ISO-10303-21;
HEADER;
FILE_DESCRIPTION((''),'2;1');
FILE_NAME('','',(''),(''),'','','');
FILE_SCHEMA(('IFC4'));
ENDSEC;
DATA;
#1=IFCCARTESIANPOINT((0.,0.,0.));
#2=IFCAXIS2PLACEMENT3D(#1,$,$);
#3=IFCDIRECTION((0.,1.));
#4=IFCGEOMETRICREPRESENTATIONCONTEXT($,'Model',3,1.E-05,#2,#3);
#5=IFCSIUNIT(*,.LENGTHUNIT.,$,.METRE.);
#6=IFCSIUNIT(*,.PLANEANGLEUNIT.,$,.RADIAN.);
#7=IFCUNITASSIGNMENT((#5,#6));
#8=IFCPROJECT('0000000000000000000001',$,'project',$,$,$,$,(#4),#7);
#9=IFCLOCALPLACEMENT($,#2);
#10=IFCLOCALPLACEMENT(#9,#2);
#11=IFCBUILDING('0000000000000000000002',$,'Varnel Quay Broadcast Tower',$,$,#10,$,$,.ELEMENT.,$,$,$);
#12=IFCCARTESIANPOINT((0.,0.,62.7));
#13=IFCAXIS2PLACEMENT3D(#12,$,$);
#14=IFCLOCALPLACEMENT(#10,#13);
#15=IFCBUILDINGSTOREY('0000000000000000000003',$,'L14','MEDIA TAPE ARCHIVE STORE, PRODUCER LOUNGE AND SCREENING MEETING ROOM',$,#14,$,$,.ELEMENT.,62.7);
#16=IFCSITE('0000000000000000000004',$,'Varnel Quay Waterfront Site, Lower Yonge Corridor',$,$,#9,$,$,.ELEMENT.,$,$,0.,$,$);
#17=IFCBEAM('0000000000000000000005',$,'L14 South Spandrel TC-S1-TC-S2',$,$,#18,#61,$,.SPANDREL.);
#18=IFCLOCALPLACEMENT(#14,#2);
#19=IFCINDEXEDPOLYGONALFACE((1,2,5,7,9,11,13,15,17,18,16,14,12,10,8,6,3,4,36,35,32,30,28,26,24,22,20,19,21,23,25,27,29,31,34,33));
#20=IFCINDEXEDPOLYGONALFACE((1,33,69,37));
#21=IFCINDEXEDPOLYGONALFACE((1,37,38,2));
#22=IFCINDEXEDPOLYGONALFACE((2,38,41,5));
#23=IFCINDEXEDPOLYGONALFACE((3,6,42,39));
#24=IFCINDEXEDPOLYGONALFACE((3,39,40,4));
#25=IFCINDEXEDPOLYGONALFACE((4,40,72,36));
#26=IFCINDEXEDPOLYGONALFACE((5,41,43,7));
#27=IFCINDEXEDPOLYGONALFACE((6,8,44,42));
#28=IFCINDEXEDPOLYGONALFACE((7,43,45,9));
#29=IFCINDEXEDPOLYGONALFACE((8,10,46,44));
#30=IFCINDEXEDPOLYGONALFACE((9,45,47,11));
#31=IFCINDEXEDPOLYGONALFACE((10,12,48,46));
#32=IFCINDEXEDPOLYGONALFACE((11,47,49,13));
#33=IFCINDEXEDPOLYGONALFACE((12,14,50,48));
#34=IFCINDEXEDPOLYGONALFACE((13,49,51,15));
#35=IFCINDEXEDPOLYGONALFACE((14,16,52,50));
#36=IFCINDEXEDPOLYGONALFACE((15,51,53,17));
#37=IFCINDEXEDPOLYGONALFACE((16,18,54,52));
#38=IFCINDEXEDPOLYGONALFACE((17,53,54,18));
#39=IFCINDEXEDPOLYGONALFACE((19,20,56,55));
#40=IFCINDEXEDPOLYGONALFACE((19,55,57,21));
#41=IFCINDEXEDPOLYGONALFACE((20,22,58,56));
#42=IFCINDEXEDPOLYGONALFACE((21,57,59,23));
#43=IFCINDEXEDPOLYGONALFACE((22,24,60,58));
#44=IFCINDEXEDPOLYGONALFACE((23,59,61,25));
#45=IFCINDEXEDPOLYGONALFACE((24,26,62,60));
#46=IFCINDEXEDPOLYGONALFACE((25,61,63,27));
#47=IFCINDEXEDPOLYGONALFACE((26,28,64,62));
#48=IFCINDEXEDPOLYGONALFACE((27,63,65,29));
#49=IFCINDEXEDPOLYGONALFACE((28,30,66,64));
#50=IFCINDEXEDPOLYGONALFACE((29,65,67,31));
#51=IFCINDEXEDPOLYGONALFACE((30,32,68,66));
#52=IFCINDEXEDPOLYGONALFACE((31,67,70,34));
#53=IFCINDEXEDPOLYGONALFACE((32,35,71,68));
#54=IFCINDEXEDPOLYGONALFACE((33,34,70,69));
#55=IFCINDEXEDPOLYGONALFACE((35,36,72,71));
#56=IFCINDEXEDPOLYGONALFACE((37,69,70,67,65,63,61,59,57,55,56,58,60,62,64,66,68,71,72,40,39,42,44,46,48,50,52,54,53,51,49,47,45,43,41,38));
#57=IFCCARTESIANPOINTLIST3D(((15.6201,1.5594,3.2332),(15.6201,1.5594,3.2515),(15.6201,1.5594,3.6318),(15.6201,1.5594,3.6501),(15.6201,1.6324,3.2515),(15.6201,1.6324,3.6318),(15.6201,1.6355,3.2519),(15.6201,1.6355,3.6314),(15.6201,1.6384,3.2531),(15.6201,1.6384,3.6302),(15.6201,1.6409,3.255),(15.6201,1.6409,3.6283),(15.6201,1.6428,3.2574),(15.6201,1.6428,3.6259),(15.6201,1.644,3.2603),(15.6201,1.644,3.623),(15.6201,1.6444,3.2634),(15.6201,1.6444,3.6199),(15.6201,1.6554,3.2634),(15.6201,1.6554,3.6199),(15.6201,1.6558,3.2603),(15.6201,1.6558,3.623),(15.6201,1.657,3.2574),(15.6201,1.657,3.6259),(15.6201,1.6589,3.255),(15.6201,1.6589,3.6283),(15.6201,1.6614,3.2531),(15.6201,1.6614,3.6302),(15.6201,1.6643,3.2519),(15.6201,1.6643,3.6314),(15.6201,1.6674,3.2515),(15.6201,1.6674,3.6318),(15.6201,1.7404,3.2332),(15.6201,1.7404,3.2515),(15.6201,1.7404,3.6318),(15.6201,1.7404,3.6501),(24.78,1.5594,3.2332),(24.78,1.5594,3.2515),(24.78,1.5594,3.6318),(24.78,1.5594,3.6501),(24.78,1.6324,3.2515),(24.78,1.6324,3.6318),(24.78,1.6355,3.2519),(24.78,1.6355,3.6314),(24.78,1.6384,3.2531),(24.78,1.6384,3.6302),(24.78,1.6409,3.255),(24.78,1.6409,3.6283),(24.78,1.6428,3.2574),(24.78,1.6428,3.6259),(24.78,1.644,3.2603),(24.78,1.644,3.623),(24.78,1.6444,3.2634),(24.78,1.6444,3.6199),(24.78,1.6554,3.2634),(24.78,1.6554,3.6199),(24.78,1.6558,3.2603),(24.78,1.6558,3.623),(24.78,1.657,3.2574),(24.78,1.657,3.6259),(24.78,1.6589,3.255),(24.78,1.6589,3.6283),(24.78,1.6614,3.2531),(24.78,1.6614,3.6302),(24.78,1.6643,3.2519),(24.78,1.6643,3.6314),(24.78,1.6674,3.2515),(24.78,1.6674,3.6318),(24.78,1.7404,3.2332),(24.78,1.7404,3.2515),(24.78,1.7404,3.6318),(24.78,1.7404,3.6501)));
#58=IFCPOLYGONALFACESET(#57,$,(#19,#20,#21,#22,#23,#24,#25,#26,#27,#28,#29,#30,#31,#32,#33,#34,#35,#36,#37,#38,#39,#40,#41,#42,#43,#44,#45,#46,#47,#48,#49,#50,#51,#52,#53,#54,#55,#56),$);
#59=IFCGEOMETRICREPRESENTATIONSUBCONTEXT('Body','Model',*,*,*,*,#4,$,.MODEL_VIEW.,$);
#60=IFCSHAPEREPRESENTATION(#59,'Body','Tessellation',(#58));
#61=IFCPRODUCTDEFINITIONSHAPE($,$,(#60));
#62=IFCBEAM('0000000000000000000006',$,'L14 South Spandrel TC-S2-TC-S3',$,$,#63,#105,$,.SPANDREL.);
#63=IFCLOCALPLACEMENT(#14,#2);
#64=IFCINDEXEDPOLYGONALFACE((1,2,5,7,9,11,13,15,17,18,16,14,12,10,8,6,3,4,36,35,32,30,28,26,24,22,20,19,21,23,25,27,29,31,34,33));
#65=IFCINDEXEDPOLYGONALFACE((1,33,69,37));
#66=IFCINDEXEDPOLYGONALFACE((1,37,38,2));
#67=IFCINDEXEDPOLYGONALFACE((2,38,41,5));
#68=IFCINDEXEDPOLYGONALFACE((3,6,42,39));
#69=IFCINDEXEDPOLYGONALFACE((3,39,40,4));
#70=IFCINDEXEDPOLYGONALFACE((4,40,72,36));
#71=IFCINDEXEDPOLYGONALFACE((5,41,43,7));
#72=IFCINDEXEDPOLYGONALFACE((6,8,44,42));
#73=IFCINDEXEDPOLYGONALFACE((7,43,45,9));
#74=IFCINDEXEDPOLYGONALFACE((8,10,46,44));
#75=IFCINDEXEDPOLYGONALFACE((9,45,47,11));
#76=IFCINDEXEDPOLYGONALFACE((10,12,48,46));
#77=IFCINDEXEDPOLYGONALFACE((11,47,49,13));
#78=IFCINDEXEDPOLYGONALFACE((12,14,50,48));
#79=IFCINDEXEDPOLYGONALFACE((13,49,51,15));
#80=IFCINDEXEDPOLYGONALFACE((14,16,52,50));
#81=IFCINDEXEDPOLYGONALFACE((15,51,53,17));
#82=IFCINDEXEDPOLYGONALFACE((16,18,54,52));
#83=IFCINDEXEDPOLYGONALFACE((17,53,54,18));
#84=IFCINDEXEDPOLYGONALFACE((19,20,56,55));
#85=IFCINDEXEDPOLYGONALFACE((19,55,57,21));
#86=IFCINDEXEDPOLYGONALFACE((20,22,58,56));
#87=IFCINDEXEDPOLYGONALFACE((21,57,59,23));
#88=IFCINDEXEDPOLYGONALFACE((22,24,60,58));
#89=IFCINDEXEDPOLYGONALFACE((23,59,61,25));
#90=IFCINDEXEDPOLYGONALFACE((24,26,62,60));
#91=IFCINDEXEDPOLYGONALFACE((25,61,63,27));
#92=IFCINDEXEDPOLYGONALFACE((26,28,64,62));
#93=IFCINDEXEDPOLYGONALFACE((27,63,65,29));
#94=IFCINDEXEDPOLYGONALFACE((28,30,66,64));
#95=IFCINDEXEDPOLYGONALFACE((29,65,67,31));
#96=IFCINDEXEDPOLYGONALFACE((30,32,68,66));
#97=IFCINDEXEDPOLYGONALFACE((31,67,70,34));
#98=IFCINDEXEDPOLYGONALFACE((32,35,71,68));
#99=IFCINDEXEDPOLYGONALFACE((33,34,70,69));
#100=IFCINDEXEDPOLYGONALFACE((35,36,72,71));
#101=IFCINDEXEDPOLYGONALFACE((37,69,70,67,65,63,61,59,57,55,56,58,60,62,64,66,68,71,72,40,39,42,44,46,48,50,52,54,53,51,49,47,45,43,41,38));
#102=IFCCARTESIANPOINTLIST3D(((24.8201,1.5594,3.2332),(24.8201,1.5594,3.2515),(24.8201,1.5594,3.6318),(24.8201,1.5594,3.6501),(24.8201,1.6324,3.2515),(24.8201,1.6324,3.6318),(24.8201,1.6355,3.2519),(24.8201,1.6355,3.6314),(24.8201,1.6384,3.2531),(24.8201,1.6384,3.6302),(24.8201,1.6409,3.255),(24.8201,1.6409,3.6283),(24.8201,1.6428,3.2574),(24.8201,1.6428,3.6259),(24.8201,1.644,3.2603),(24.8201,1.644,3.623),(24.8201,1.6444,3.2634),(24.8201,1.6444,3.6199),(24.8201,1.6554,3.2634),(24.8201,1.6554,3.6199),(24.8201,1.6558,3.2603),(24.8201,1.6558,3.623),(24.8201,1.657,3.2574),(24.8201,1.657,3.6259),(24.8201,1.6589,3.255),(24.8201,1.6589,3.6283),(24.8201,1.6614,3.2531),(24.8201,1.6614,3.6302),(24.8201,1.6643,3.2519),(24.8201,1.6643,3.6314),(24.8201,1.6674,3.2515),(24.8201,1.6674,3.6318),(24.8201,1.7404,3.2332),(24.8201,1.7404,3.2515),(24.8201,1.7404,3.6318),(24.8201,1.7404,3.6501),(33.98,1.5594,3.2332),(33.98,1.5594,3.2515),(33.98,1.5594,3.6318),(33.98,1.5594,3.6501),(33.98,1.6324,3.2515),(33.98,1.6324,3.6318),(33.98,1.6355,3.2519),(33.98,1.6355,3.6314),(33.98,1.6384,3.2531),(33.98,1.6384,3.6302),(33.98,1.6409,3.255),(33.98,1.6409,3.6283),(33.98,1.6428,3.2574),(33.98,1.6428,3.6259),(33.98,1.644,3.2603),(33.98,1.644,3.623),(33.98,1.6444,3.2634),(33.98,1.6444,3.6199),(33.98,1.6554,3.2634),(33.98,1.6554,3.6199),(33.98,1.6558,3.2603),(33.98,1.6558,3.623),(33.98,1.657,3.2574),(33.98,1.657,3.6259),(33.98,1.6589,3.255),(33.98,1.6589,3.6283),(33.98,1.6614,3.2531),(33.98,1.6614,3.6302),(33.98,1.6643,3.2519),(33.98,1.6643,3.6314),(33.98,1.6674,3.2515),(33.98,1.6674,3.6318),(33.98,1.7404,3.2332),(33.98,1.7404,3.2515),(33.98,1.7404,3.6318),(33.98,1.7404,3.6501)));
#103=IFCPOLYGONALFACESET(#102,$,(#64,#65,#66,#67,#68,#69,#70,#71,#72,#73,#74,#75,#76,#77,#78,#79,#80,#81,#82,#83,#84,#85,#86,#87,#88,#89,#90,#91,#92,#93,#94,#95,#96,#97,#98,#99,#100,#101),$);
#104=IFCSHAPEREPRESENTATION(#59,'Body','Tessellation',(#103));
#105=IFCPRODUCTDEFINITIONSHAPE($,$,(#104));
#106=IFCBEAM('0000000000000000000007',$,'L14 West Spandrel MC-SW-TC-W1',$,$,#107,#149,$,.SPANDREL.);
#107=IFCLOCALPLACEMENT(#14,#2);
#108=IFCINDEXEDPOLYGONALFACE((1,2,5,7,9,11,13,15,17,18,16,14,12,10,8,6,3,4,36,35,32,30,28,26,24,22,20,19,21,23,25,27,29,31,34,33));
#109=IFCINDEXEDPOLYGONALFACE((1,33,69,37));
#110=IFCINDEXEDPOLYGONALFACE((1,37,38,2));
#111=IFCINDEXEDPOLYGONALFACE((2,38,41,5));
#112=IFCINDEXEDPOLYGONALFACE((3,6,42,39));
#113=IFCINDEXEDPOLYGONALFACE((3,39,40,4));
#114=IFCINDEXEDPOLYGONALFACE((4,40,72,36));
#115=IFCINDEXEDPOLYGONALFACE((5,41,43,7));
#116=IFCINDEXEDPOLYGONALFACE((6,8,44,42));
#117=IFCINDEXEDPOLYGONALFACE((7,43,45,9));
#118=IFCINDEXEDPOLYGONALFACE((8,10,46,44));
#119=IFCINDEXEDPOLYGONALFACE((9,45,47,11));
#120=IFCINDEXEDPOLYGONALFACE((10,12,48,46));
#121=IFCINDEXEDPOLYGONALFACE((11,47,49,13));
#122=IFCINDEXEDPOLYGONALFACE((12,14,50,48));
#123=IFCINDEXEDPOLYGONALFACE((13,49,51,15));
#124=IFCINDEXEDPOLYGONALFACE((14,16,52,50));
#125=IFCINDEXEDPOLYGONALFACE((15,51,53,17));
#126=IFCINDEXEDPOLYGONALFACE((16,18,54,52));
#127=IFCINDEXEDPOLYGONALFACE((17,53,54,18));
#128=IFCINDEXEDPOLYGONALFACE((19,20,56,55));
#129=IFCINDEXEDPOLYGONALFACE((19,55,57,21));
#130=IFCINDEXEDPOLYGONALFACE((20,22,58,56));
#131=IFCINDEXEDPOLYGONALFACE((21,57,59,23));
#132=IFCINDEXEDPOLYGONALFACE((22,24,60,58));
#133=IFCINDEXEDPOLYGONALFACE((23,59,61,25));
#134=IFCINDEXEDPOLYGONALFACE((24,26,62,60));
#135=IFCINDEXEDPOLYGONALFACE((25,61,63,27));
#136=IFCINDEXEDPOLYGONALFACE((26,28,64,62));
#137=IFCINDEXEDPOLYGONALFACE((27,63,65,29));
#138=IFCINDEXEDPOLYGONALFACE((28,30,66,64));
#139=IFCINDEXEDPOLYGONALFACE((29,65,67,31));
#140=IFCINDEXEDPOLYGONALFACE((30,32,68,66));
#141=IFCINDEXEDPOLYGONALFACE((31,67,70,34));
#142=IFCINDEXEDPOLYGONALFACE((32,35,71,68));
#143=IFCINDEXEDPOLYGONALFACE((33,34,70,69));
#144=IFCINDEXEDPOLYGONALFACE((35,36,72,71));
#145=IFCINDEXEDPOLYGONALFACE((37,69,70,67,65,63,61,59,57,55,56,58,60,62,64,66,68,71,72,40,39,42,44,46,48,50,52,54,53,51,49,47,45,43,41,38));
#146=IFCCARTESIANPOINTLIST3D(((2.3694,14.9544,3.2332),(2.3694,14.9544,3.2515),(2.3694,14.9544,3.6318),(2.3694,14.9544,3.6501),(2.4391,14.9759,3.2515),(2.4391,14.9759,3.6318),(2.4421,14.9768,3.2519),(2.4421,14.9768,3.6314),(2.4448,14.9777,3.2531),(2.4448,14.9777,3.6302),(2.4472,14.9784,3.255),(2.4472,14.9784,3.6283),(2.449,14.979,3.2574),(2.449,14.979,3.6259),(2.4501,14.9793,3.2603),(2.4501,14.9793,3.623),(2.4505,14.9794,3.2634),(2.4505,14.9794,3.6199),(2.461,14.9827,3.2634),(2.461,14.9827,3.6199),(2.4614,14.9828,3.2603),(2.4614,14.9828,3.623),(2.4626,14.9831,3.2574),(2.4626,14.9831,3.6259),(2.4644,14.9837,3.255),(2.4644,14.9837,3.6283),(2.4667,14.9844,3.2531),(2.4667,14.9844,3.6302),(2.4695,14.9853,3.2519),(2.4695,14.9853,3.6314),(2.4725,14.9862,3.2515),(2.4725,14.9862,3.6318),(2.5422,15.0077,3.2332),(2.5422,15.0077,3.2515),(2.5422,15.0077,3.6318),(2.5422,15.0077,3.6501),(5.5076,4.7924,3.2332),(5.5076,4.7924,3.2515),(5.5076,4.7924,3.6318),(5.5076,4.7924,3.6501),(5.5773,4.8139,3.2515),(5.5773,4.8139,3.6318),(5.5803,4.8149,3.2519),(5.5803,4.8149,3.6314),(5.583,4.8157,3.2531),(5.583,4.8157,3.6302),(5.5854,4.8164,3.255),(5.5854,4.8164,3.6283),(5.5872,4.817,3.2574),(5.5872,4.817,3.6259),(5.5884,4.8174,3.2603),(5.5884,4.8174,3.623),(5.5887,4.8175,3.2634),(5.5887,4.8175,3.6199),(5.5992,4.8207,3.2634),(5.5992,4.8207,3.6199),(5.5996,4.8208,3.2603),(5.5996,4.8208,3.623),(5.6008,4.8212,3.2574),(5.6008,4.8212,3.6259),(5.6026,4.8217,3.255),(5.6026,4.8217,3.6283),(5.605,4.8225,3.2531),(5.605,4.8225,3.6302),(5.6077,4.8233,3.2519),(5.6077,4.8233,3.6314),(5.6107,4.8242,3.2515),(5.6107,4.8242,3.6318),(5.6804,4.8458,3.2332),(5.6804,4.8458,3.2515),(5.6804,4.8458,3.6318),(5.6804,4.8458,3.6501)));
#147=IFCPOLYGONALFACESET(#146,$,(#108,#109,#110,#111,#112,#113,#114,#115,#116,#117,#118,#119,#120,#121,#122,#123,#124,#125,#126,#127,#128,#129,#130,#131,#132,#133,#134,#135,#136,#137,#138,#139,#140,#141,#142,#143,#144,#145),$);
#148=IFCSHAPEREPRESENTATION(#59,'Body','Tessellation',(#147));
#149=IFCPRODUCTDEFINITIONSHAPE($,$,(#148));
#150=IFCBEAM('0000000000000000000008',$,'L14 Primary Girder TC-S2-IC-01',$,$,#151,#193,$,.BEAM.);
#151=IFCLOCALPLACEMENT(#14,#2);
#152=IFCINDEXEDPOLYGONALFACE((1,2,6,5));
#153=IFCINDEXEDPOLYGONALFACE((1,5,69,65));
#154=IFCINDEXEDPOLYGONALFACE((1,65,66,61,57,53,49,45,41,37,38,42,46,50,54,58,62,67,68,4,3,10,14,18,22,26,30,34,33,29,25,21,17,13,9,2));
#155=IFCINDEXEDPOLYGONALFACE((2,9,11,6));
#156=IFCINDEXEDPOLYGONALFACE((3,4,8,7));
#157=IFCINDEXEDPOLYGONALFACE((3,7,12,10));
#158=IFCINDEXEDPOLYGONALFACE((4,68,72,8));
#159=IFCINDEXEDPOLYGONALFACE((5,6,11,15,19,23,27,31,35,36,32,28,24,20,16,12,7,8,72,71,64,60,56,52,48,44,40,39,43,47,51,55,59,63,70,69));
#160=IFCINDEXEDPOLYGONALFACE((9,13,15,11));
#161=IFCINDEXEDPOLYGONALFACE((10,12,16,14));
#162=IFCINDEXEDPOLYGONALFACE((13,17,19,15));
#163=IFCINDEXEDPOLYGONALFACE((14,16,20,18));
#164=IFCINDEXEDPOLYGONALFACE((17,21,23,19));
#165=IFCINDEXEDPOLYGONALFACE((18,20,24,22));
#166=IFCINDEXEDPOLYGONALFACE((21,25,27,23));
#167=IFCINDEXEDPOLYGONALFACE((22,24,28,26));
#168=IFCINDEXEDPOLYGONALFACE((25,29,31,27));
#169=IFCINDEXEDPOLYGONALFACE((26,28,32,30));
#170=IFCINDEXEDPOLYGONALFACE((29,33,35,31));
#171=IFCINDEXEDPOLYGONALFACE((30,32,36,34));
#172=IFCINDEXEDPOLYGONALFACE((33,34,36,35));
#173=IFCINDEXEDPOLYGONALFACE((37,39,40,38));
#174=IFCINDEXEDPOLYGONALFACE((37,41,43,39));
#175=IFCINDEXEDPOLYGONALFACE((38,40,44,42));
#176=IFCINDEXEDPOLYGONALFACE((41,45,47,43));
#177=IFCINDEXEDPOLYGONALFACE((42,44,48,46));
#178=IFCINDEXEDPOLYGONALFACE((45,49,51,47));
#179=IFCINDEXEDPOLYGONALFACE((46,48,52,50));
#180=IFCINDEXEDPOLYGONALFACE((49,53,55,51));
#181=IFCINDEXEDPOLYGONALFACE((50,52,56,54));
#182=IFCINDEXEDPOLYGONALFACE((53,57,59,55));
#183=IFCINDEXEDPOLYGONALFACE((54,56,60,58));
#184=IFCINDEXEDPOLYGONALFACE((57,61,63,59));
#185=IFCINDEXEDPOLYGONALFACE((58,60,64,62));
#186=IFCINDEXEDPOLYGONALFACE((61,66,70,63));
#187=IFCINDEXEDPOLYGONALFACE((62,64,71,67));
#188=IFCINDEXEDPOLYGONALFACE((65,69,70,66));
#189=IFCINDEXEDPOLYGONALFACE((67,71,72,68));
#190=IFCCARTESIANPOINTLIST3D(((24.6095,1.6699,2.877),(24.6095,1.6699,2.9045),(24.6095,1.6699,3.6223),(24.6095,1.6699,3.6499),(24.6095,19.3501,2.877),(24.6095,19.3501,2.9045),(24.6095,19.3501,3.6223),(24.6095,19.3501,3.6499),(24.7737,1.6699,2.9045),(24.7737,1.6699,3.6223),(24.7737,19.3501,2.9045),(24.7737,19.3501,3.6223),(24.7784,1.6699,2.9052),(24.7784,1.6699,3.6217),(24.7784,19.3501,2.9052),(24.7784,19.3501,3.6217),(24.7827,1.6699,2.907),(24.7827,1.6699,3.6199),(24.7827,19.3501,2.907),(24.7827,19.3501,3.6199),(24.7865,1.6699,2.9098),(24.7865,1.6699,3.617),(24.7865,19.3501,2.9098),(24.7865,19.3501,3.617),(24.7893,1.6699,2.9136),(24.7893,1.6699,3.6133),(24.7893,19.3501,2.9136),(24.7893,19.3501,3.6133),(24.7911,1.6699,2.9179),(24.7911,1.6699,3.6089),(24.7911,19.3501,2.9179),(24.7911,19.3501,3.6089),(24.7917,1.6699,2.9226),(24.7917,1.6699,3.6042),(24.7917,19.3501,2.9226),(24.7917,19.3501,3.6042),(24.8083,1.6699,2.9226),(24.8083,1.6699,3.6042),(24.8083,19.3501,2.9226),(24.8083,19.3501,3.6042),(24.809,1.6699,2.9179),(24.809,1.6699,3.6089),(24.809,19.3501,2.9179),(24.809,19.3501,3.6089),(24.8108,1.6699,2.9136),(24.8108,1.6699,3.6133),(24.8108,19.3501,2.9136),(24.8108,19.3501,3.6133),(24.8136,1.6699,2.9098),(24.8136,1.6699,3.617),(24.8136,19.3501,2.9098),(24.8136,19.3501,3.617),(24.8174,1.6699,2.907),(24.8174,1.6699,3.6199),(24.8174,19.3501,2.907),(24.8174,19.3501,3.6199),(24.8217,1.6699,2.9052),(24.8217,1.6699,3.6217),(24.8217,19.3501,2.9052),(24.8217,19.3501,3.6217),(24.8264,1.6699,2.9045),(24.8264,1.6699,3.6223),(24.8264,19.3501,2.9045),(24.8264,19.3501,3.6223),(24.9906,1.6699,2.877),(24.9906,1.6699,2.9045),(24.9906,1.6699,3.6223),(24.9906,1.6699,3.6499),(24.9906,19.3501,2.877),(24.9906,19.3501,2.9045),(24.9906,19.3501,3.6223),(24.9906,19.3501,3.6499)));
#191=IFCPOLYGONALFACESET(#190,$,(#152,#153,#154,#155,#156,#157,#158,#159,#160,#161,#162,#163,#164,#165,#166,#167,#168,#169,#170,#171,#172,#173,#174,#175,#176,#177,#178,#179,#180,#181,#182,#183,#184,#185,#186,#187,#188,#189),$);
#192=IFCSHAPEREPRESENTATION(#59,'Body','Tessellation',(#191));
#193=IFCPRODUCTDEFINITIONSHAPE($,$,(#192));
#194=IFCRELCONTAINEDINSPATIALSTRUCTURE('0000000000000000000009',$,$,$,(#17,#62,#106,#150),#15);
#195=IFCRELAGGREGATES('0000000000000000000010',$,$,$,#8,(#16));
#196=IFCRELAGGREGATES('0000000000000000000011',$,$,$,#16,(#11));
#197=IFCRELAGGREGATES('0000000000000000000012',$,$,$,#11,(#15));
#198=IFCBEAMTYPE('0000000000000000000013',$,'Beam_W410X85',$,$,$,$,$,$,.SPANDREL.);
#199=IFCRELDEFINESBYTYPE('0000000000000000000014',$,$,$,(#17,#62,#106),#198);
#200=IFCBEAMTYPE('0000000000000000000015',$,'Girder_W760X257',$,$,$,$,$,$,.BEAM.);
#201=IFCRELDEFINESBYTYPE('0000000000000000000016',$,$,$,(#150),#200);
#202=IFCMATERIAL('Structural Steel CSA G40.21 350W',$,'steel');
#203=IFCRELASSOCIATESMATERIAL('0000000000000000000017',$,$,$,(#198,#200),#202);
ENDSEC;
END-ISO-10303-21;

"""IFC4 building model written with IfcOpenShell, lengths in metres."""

from ifc_helpers import new_model, si_unit, direction, frame, origin, origin_2d, place, context, subcontext, project, spatial, i_section, extrude, source, transform, mapped, material, material_profile, profile_set, type_object, type_shapes, element, save


model = new_model("IFC4")

# Units and contexts
model_context = context("Model", 3, precision=1e-05, world=origin(), true_north=direction((0.0, 1.0)))
body_context = subcontext(model_context, "Body", "Model", "MODEL_VIEW")
ifc_project = project(units=[si_unit("LENGTHUNIT", "METRE"), si_unit("PLANEANGLEUNIT", "RADIAN")], contexts=[model_context])

# Site, building, storey
site_placement = place(None, origin())
site = spatial("IfcSite", under=ifc_project, at=site_placement, Name="Varnel Quay Waterfront Site, Lower Yonge Corridor", CompositionType="ELEMENT", RefElevation=0.0)
building_placement = place(site_placement, origin())
building = spatial("IfcBuilding", under=site, at=building_placement, Name="Varnel Quay Broadcast Tower", CompositionType="ELEMENT")
storey_placement = place(building_placement, frame((0.0, 0.0, 62.7)))
storey = spatial("IfcBuildingStorey", under=building, at=storey_placement, Name="L14", Description="MEDIA TAPE ARCHIVE STORE, PRODUCER LOUNGE AND SCREENING MEETING ROOM", CompositionType="ELEMENT", Elevation=62.7)

# Shared definitions
ifc_material_1 = material(Name="Structural Steel CSA G40.21 350W", Category="steel")

# Beams
ifc_material_profile_1 = material_profile(ifc_material_1, i_section(OverallWidth=0.1809, OverallDepth=0.417, WebThickness=0.011, FlangeThickness=0.0183, FilletRadius=0.012, at=origin_2d()), Name="W410X85")
ifc_profile_set_1 = profile_set([ifc_material_profile_1], Name="Structural Steel CSA G40.21 350W")
beam_type_1 = type_object("IfcBeamType", Name="Beam_W410X85", PredefinedType="SPANDREL", material=ifc_profile_set_1)
shared_shape_1 = source(origin(), body_context, "Body", "SweptSolid", [
    extrude(i_section(OverallWidth=0.1809, OverallDepth=0.417, WebThickness=0.011, FlangeThickness=0.0183, FilletRadius=0.012, at=origin_2d()), origin(), (0.0, 0.0, 1.0), 9.1599),
])
for number, where, z_axis, x_axis, name in (
    (1, (15.6201, 1.6499, 3.4417), (1.0, 0.0, 0.0), (0.0, 1.0, 0.0), "L14 South Spandrel TC-S1-TC-S2"),
    (2, (24.8201, 1.6499, 3.4417), (1.0, 0.0, 0.0), (0.0, 1.0, 0.0), "L14 South Spandrel TC-S2-TC-S3"),
):
    element("IfcBeam", number, at=place(storey_placement, frame(where, z_axis=z_axis, x_axis=x_axis)), inside=storey, type_object=beam_type_1, Name=name, PredefinedType="SPANDREL", context=body_context, shape_type="MappedRepresentation", body=[
        mapped(shared_shape_1, transform((0.0, 0.0, 0.0), x_axis=(1.0, 0.0, 0.0), y_axis=(0.0, 1.0, 0.0), z_axis=(0.0, 0.0, 1.0), scale=1.0)),
    ])
shared_shape_2 = source(origin(), body_context, "Body", "SweptSolid", [
    extrude(i_section(OverallWidth=0.1809, OverallDepth=0.417, WebThickness=0.011, FlangeThickness=0.0183, FilletRadius=0.012, at=origin_2d()), origin(), (0.0, 0.0, 1.0), 10.6355),
])
beam_1_placement = place(storey_placement, frame((5.594, 4.8191, 3.4417), z_axis=(-0.29507, 0.955476, 0.0), x_axis=(-0.955476, -0.29507, 0.0)))
element("IfcBeam", 3, at=beam_1_placement, inside=storey, type_object=beam_type_1, Name="L14 West Spandrel MC-SW-TC-W1", PredefinedType="SPANDREL", context=body_context, shape_type="MappedRepresentation", body=[
    mapped(shared_shape_2, transform((0.0, 0.0, 0.0), x_axis=(1.0, 0.0, 0.0), y_axis=(0.0, 1.0, 0.0), z_axis=(0.0, 0.0, 1.0), scale=1.0)),
])
ifc_material_profile_2 = material_profile(ifc_material_1, i_section(OverallWidth=0.3811, OverallDepth=0.7729, WebThickness=0.0166, FlangeThickness=0.0276, FilletRadius=0.0181, at=origin_2d()), Name="W760X257")
ifc_profile_set_2 = profile_set([ifc_material_profile_2], Name="Structural Steel CSA G40.21 350W")
beam_type_2 = type_object("IfcBeamType", Name="Girder_W760X257", PredefinedType="BEAM", material=ifc_profile_set_2)
shared_shape_3 = source(origin(), body_context, "Body", "SweptSolid", [
    extrude(i_section(OverallWidth=0.3811, OverallDepth=0.7729, WebThickness=0.0166, FlangeThickness=0.0276, FilletRadius=0.0181, at=origin_2d()), origin(), (0.0, 0.0, 1.0), 17.6802),
])
type_shapes(beam_type_2, [shared_shape_3])
beam_2_placement = place(storey_placement, frame((24.8, 1.6699, 3.2634), z_axis=(0.0, 1.0, 0.0), x_axis=(-1.0, 0.0, 0.0)))
element("IfcBeam", 4, at=beam_2_placement, inside=storey, type_object=beam_type_2, Name="L14 Primary Girder TC-S2-IC-01", PredefinedType="BEAM", context=body_context, shape_type="MappedRepresentation", body=[
    mapped(shared_shape_3, transform((0.0, 0.0, 0.0), x_axis=(1.0, 0.0, 0.0), y_axis=(0.0, 1.0, 0.0), z_axis=(0.0, 0.0, 1.0), scale=1.0)),
])

save(model, "model.ifc")
